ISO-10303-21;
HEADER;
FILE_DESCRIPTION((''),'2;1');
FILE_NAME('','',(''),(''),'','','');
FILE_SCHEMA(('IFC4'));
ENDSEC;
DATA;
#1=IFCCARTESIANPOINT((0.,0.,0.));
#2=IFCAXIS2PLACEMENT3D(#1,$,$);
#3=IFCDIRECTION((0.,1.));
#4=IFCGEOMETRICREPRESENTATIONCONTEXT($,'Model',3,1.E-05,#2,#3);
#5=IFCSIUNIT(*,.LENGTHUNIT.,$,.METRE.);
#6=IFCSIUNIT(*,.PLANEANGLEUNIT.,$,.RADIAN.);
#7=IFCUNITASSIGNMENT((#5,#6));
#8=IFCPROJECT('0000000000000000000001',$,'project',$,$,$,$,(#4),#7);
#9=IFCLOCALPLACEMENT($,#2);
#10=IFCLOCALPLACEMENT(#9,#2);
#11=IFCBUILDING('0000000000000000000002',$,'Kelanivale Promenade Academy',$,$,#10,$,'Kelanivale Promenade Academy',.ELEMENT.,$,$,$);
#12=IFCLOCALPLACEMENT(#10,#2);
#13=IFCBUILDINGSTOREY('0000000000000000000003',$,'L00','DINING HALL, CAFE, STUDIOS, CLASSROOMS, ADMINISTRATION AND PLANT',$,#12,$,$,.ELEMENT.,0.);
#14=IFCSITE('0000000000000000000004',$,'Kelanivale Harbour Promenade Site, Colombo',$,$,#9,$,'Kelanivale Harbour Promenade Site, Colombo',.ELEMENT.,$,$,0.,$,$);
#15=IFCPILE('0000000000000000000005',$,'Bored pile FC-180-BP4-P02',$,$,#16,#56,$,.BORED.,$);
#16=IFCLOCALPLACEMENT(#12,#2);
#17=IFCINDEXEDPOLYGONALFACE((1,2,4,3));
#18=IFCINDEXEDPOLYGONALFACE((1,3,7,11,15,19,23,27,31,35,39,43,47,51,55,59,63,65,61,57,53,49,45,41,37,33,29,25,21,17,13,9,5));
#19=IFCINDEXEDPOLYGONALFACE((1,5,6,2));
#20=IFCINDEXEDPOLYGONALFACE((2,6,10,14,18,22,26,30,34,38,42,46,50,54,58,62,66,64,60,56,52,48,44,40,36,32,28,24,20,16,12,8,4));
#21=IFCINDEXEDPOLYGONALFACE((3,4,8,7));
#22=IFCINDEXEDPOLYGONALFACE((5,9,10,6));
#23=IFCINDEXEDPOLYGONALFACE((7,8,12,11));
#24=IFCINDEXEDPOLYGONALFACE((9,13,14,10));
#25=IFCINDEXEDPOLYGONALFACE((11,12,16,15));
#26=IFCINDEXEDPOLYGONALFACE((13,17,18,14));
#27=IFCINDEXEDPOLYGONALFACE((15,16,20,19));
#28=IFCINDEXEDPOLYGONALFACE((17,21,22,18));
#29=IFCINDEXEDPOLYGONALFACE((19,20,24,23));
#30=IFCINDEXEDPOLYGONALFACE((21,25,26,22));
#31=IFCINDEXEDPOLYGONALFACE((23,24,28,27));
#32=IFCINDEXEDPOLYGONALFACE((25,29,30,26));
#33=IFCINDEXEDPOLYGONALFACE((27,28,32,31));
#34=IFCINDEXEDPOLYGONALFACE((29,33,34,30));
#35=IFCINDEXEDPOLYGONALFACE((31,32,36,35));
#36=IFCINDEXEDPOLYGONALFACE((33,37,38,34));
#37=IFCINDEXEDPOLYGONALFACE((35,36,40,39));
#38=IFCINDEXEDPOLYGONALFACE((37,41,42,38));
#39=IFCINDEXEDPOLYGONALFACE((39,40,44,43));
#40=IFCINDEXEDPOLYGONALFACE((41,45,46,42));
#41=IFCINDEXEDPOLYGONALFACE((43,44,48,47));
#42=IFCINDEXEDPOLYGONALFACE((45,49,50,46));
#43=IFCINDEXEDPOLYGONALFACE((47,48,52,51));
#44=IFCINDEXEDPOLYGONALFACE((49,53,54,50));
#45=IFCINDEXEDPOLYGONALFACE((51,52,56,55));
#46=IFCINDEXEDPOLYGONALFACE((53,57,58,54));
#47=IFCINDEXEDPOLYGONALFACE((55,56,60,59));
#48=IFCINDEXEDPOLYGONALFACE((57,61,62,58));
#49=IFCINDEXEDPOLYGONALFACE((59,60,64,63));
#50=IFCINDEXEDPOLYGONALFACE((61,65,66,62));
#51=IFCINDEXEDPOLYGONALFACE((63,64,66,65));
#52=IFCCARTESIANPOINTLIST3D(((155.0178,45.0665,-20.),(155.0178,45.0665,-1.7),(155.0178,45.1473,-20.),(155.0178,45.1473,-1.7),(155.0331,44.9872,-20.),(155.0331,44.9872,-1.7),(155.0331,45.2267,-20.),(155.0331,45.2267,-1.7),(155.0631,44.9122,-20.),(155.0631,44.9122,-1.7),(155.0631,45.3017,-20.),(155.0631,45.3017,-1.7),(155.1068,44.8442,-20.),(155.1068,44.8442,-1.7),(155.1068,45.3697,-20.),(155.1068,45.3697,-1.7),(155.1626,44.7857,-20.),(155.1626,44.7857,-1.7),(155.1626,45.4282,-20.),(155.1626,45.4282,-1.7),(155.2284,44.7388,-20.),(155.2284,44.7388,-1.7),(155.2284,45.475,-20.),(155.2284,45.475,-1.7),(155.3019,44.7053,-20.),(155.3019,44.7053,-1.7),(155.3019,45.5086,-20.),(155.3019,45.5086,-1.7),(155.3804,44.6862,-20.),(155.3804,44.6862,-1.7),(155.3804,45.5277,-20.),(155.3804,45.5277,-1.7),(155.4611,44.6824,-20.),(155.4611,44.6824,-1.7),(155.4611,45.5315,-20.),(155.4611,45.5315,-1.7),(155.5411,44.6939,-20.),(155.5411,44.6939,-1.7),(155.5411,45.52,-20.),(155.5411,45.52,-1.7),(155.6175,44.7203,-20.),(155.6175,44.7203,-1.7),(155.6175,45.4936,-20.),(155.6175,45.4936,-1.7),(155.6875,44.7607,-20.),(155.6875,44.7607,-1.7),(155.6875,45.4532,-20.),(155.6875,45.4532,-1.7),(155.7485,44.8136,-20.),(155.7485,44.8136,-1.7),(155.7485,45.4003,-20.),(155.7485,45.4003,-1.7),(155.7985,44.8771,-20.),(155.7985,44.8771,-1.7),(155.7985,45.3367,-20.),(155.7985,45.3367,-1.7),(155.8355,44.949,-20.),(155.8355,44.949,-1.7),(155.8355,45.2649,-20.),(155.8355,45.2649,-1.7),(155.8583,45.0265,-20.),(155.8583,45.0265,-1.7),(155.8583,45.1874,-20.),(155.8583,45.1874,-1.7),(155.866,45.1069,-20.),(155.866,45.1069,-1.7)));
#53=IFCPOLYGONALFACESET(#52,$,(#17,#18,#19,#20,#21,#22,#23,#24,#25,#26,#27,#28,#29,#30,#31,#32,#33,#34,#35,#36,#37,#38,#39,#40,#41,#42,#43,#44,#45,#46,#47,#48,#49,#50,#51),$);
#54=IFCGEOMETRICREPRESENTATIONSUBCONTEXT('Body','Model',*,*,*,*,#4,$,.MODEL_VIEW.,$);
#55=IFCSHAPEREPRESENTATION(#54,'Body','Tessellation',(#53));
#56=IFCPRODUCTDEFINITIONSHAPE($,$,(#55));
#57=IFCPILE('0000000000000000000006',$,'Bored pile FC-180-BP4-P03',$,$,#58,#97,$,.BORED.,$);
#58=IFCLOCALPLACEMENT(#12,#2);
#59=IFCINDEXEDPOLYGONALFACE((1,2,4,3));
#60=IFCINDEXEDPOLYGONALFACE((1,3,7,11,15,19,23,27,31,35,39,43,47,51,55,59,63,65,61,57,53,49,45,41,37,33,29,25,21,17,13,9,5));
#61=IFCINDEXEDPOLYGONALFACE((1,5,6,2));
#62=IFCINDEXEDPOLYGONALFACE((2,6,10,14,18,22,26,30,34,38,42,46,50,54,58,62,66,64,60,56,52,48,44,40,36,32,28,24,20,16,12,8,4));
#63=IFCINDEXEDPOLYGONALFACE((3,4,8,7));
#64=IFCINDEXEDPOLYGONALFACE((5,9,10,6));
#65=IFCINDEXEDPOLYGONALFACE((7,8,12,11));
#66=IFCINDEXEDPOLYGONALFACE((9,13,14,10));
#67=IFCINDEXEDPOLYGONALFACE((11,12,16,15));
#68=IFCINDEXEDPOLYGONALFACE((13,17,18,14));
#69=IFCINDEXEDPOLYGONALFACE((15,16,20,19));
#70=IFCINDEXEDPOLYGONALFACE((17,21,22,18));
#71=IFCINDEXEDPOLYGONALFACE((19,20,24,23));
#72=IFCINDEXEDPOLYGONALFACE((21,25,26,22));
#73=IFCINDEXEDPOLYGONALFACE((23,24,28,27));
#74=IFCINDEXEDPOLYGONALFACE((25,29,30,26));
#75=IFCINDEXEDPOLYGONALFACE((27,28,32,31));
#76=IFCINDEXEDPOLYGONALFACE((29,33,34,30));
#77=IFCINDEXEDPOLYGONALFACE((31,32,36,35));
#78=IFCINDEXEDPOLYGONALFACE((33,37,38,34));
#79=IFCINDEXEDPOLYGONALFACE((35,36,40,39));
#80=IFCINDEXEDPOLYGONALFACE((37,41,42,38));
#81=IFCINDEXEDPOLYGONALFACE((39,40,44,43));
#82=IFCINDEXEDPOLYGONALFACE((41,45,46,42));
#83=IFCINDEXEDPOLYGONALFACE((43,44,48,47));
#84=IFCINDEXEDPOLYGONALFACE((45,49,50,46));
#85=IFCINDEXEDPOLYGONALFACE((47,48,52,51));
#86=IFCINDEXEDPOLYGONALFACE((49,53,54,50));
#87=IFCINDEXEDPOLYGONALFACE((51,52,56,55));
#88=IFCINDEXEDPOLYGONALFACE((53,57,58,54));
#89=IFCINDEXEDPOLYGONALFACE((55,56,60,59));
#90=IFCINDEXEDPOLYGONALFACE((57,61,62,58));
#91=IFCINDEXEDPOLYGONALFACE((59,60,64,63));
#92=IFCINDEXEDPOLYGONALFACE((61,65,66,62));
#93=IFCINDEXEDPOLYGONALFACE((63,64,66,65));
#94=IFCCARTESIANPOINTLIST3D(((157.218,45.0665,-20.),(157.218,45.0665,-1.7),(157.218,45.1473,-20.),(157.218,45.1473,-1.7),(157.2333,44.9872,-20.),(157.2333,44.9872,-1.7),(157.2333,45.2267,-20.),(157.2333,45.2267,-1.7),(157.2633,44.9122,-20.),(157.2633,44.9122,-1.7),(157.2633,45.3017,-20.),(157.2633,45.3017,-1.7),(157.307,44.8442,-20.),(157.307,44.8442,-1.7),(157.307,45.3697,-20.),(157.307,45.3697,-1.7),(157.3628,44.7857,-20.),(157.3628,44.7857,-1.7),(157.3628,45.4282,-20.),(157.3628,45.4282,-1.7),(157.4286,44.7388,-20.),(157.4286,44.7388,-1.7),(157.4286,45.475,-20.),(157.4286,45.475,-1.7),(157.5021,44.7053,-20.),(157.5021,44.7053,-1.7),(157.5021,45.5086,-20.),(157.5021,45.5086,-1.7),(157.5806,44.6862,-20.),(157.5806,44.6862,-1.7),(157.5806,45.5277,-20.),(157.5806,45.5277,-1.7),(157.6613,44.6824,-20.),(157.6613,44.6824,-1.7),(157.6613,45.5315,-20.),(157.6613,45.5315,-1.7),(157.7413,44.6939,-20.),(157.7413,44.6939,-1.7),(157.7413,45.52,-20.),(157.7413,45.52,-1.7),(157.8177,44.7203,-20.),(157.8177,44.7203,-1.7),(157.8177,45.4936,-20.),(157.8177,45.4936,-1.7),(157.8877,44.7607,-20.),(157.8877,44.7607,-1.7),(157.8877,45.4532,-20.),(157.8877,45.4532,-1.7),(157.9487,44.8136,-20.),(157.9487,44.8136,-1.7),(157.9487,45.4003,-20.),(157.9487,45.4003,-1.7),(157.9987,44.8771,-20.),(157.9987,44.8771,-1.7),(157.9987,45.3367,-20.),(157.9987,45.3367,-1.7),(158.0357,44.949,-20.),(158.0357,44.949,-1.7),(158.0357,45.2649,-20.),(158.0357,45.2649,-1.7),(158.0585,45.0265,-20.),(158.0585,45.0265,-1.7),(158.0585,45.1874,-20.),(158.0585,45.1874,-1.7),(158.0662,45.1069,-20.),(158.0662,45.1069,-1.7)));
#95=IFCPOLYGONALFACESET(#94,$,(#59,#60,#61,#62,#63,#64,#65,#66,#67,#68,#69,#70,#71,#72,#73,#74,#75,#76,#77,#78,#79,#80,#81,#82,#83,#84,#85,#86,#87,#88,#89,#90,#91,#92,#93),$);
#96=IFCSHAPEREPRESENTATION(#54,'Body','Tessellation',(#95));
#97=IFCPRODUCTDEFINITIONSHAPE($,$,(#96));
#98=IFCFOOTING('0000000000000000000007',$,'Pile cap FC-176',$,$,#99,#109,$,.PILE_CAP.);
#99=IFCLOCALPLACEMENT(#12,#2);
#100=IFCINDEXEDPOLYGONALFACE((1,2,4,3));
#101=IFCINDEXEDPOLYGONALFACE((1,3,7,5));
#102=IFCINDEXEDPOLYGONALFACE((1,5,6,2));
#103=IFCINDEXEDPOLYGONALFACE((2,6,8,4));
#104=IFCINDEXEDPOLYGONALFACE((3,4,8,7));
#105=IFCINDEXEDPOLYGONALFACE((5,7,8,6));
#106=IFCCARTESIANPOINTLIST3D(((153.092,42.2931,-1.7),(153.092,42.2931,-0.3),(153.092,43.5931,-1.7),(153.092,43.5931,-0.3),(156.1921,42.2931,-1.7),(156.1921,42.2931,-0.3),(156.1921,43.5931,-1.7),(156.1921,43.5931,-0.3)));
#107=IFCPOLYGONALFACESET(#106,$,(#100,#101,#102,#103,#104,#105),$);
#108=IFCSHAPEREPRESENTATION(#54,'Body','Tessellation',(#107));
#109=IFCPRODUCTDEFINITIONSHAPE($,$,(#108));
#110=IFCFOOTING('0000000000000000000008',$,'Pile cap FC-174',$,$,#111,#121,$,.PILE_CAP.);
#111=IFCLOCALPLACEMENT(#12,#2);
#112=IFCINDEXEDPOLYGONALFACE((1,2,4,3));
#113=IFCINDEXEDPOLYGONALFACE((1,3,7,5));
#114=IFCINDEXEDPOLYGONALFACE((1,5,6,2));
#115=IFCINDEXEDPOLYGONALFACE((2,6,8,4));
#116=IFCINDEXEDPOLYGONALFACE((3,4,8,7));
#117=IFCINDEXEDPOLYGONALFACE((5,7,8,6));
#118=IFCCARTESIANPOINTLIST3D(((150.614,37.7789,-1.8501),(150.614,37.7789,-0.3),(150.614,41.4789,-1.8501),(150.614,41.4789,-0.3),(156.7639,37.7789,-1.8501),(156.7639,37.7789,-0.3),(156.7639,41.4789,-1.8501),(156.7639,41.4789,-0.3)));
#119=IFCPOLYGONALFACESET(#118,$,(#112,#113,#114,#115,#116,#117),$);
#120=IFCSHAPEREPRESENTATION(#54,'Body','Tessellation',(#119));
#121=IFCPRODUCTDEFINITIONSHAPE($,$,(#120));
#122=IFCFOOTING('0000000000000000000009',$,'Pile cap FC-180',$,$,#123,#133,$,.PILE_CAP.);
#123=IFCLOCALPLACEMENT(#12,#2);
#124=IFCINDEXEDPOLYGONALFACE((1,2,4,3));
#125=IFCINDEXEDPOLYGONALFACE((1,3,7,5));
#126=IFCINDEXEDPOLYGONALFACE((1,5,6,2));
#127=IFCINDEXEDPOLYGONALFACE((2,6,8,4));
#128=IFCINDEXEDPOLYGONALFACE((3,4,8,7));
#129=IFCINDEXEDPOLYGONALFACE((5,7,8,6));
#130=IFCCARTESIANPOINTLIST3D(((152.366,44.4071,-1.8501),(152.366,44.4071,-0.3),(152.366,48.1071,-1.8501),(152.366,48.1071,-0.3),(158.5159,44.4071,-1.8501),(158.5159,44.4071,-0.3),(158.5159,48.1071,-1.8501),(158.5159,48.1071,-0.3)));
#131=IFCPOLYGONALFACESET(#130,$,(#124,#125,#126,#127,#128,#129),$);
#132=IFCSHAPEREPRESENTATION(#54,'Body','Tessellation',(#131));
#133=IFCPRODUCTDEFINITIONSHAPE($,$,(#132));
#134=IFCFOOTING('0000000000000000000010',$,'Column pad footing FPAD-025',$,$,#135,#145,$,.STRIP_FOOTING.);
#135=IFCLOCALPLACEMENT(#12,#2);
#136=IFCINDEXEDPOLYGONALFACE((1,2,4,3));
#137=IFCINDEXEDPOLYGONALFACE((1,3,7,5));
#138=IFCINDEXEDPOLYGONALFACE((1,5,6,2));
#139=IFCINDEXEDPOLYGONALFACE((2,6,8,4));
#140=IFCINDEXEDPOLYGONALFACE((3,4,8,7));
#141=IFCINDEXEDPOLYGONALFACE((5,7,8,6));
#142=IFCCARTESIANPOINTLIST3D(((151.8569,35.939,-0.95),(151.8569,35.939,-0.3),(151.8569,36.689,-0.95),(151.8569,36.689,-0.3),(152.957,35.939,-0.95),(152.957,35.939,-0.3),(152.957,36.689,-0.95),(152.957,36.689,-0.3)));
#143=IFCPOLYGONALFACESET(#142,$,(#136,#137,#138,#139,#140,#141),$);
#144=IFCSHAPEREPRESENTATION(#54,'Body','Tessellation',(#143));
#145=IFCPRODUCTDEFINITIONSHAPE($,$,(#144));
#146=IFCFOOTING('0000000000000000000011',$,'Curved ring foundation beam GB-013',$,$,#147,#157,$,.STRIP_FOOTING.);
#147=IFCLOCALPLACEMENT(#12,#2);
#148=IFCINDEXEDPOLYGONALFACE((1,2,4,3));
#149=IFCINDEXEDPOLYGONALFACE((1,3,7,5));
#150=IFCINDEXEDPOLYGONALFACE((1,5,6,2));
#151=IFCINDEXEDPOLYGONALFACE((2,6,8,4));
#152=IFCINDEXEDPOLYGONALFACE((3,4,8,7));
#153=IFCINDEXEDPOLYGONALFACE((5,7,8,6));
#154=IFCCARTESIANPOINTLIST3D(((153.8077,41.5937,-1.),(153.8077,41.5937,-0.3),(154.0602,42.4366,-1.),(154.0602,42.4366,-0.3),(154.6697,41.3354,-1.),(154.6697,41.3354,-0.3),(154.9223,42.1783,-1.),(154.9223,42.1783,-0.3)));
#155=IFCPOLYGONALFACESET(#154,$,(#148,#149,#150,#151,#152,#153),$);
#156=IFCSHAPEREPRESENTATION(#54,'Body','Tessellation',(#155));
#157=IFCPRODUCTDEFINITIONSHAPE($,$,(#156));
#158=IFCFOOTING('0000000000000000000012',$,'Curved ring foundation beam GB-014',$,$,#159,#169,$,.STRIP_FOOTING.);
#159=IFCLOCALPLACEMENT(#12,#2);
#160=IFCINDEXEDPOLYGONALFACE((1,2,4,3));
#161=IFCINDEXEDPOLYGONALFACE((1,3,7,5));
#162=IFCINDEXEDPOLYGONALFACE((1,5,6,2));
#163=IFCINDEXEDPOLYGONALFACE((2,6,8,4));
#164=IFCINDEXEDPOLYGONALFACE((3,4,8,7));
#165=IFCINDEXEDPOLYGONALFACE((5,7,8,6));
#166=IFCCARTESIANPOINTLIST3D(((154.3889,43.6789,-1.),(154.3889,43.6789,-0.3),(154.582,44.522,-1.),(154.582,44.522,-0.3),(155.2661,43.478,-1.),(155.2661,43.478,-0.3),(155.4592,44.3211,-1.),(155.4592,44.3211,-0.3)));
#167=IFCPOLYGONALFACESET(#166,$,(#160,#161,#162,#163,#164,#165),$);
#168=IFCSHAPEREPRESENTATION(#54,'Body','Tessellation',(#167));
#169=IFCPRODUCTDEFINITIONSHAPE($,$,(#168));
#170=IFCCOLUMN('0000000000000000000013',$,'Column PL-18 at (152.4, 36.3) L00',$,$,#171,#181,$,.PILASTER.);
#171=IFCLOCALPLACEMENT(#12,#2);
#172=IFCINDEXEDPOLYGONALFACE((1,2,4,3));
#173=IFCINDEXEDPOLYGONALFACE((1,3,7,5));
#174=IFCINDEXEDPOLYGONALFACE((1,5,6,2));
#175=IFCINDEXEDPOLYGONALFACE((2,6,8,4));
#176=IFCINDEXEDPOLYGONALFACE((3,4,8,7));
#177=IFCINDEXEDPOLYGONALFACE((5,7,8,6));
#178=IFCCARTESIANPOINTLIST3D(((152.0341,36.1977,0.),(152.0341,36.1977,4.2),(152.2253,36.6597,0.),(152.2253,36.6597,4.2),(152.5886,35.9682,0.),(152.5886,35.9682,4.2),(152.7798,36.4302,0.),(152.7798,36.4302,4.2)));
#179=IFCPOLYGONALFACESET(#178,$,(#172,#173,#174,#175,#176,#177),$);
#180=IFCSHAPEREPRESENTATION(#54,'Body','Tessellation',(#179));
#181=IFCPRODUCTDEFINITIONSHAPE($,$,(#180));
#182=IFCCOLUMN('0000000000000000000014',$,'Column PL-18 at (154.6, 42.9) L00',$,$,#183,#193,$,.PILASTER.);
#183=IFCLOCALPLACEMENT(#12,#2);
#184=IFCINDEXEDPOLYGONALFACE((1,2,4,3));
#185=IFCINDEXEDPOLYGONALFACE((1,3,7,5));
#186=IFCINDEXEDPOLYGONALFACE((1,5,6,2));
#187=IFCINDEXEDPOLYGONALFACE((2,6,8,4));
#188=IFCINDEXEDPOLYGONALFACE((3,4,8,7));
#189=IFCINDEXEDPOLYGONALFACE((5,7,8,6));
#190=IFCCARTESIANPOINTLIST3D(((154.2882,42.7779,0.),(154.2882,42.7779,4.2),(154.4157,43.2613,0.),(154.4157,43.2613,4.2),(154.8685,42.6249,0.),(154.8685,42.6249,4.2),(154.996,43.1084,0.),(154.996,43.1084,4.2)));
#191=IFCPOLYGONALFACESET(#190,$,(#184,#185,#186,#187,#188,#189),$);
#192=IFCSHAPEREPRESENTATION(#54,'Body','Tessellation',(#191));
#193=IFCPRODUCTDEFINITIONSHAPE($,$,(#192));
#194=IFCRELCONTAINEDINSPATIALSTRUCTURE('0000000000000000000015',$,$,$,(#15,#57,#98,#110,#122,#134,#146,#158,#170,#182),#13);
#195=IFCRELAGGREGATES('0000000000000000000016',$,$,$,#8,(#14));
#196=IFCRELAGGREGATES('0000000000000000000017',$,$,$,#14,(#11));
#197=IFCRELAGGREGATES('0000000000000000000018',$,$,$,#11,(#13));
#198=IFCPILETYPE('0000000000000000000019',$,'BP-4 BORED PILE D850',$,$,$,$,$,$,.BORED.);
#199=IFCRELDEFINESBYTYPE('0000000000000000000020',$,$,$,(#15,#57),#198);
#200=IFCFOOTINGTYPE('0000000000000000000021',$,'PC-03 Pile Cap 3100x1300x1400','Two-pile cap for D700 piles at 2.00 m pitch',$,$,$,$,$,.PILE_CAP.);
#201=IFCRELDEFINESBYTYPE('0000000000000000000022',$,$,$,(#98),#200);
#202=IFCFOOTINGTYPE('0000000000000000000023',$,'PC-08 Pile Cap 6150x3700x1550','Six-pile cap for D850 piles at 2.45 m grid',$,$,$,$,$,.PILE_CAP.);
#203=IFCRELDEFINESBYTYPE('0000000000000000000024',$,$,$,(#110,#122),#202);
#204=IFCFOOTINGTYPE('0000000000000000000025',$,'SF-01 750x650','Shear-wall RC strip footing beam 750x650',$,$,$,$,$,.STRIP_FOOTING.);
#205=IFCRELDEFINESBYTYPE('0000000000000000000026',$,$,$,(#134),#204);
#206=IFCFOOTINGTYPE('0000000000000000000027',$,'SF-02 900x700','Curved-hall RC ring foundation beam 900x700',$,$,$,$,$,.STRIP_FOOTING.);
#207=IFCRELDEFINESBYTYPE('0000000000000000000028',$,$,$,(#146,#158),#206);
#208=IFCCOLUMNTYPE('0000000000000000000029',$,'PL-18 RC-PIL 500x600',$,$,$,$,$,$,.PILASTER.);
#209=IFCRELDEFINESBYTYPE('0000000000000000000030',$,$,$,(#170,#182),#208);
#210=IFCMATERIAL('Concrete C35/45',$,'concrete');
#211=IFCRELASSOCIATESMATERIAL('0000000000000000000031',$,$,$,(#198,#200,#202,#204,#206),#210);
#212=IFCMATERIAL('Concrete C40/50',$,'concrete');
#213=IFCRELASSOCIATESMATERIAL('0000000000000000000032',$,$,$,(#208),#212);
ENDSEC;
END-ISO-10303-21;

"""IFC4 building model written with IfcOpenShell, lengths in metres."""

from ifc_helpers import new_model, si_unit, direction, frame, origin, origin_2d, place, context, subcontext, project, spatial, rectangle, circle, extrude, material, material_profile, profile_set, type_object, element, save


model = new_model("IFC4")

# Units and contexts
model_context = context("Model", 3, precision=1e-05, world=origin(), true_north=direction((0.0, 1.0)))
body_context = subcontext(model_context, "Body", "Model", "MODEL_VIEW")
ifc_project = project(units=[si_unit("LENGTHUNIT", "METRE"), si_unit("PLANEANGLEUNIT", "RADIAN")], contexts=[model_context])

# Site, building, storey
site_placement = place(None, origin())
site = spatial("IfcSite", under=ifc_project, at=site_placement, Name="Kelanivale Harbour Promenade Site, Colombo", LongName="Kelanivale Harbour Promenade Site, Colombo", CompositionType="ELEMENT", RefElevation=0.0)
building_placement = place(site_placement, origin())
building = spatial("IfcBuilding", under=site, at=building_placement, Name="Kelanivale Promenade Academy", LongName="Kelanivale Promenade Academy", CompositionType="ELEMENT")
storey_placement = place(building_placement, origin())
storey = spatial("IfcBuildingStorey", under=building, at=storey_placement, Name="L00", Description="DINING HALL, CAFE, STUDIOS, CLASSROOMS, ADMINISTRATION AND PLANT", CompositionType="ELEMENT", Elevation=0.0)

# Piles
ifc_material_1 = material(Name="Concrete C35/45", Category="concrete")
ifc_material_profile_1 = material_profile(ifc_material_1, circle(Radius=0.425, at=origin_2d()), Name="BORED PILE D850")
ifc_profile_set_1 = profile_set([ifc_material_profile_1], Name="Concrete C35/45")
pile_type_1 = type_object("IfcPileType", Name="BP-4 BORED PILE D850", PredefinedType="BORED", material=ifc_profile_set_1)
for number, where, z_axis, x_axis, name in (
    (1, (155.4409, 45.1069, -1.7), (0.0, 0.0, -1.0), (1.0, 0.0, 0.0), "Bored pile FC-180-BP4-P02"),
    (2, (157.6411, 45.1069, -1.7), (0.0, 0.0, -1.0), (1.0, 0.0, 0.0), "Bored pile FC-180-BP4-P03"),
):
    element("IfcPile", number, at=place(storey_placement, frame(where, z_axis=z_axis, x_axis=x_axis)), inside=storey, type_object=pile_type_1, Name=name, PredefinedType="BORED", context=body_context, shape_type="SweptSolid", body=[
        extrude(circle(Radius=0.425, at=origin_2d()), origin(), (0.0, 0.0, 1.0), 18.3),
    ])

# Footings
footing_type_1 = type_object("IfcFootingType", Name="PC-03 Pile Cap 3100x1300x1400", Description="Two-pile cap for D700 piles at 2.00 m pitch", PredefinedType="PILE_CAP", material=ifc_material_1)
footing_1_placement = place(storey_placement, frame((154.6421, 42.9431, -1.7), z_axis=(0.0, 0.0, 1.0), x_axis=(1.0, 0.0, 0.0)))
element("IfcFooting", 3, at=footing_1_placement, inside=storey, type_object=footing_type_1, Name="Pile cap FC-176", PredefinedType="PILE_CAP", context=body_context, shape_type="SweptSolid", body=[
    extrude(rectangle(XDim=3.1001, YDim=1.3, at=origin_2d()), origin(), (0.0, 0.0, 1.0), 1.3999),
])
footing_type_2 = type_object("IfcFootingType", Name="PC-08 Pile Cap 6150x3700x1550", Description="Six-pile cap for D850 piles at 2.45 m grid", PredefinedType="PILE_CAP", material=ifc_material_1)
for number, where, z_axis, x_axis, name in (
    (4, (153.689, 39.6289, -1.8501), (0.0, 0.0, 1.0), (1.0, 0.0, 0.0), "Pile cap FC-174"),
    (5, (155.4409, 46.2571, -1.8501), (0.0, 0.0, 1.0), (1.0, 0.0, 0.0), "Pile cap FC-180"),
):
    element("IfcFooting", number, at=place(storey_placement, frame(where, z_axis=z_axis, x_axis=x_axis)), inside=storey, type_object=footing_type_2, Name=name, PredefinedType="PILE_CAP", context=body_context, shape_type="SweptSolid", body=[
        extrude(rectangle(XDim=6.1499, YDim=3.7, at=origin_2d()), origin(), (0.0, 0.0, 1.0), 1.55),
    ])
footing_type_3 = type_object("IfcFootingType", Name="SF-01 750x650", Description="Shear-wall RC strip footing beam 750x650", PredefinedType="STRIP_FOOTING", material=ifc_material_1)
footing_2_placement = place(storey_placement, frame((152.407, 36.314, -0.95), z_axis=(0.0, 0.0, 1.0), x_axis=(1.0, 0.0, 0.0)))
element("IfcFooting", 6, at=footing_2_placement, inside=storey, type_object=footing_type_3, Name="Column pad footing FPAD-025", PredefinedType="STRIP_FOOTING", context=body_context, shape_type="SweptSolid", body=[
    extrude(rectangle(XDim=1.1001, YDim=0.75, at=origin_2d()), origin(), (0.0, 0.0, 1.0), 0.6499),
])
footing_type_4 = type_object("IfcFootingType", Name="SF-02 900x700", Description="Curved-hall RC ring foundation beam 900x700", PredefinedType="STRIP_FOOTING", material=ifc_material_1)
footing_3_placement = place(storey_placement, frame((154.365, 41.886, -1.0), z_axis=(0.0, 0.0, 1.0), x_axis=(0.287026, 0.957923, 0.0)))
element("IfcFooting", 7, at=footing_3_placement, inside=storey, type_object=footing_type_4, Name="Curved ring foundation beam GB-013", PredefinedType="STRIP_FOOTING", context=body_context, shape_type="SweptSolid", body=[
    extrude(rectangle(XDim=0.8799, YDim=0.8999, at=origin_2d()), origin(), (0.0, 0.0, 1.0), 0.7),
])
footing_4_placement = place(storey_placement, frame((154.9241, 44.0, -1.0), z_axis=(0.0, 0.0, 1.0), x_axis=(0.22325, 0.974761, 0.0)))
element("IfcFooting", 8, at=footing_4_placement, inside=storey, type_object=footing_type_4, Name="Curved ring foundation beam GB-014", PredefinedType="STRIP_FOOTING", context=body_context, shape_type="SweptSolid", body=[
    extrude(rectangle(XDim=0.865, YDim=0.8999, at=origin_2d()), origin(), (0.0, 0.0, 1.0), 0.7),
])

# Columns
ifc_material_2 = material(Name="Concrete C40/50", Category="concrete")
ifc_material_profile_2 = material_profile(ifc_material_2, rectangle(XDim=0.5, YDim=0.6001, at=origin_2d()), Name="RC-PIL 500x600")
ifc_profile_set_2 = profile_set([ifc_material_profile_2], Name="Concrete C40/50")
column_type_1 = type_object("IfcColumnType", Name="PL-18 RC-PIL 500x600", PredefinedType="PILASTER", material=ifc_profile_set_2)
for number, where, z_axis, x_axis, name in (
    (9, (152.407, 36.314, 0.0), (0.0, 0.0, 1.0), (0.382361, 0.924013, 0.0), "Column PL-18 at (152.4, 36.3) L00"),
    (10, (154.6421, 42.9431, 0.0), (0.0, 0.0, 1.0), (0.254939, 0.966957, 0.0), "Column PL-18 at (154.6, 42.9) L00"),
):
    element("IfcColumn", number, at=place(storey_placement, frame(where, z_axis=z_axis, x_axis=x_axis)), inside=storey, type_object=column_type_1, Name=name, PredefinedType="PILASTER", context=body_context, shape_type="SweptSolid", body=[
        extrude(rectangle(XDim=0.5, YDim=0.6001, at=origin_2d()), origin(), (0.0, 0.0, 1.0), 4.2),
    ])

save(model, "model.ifc")
